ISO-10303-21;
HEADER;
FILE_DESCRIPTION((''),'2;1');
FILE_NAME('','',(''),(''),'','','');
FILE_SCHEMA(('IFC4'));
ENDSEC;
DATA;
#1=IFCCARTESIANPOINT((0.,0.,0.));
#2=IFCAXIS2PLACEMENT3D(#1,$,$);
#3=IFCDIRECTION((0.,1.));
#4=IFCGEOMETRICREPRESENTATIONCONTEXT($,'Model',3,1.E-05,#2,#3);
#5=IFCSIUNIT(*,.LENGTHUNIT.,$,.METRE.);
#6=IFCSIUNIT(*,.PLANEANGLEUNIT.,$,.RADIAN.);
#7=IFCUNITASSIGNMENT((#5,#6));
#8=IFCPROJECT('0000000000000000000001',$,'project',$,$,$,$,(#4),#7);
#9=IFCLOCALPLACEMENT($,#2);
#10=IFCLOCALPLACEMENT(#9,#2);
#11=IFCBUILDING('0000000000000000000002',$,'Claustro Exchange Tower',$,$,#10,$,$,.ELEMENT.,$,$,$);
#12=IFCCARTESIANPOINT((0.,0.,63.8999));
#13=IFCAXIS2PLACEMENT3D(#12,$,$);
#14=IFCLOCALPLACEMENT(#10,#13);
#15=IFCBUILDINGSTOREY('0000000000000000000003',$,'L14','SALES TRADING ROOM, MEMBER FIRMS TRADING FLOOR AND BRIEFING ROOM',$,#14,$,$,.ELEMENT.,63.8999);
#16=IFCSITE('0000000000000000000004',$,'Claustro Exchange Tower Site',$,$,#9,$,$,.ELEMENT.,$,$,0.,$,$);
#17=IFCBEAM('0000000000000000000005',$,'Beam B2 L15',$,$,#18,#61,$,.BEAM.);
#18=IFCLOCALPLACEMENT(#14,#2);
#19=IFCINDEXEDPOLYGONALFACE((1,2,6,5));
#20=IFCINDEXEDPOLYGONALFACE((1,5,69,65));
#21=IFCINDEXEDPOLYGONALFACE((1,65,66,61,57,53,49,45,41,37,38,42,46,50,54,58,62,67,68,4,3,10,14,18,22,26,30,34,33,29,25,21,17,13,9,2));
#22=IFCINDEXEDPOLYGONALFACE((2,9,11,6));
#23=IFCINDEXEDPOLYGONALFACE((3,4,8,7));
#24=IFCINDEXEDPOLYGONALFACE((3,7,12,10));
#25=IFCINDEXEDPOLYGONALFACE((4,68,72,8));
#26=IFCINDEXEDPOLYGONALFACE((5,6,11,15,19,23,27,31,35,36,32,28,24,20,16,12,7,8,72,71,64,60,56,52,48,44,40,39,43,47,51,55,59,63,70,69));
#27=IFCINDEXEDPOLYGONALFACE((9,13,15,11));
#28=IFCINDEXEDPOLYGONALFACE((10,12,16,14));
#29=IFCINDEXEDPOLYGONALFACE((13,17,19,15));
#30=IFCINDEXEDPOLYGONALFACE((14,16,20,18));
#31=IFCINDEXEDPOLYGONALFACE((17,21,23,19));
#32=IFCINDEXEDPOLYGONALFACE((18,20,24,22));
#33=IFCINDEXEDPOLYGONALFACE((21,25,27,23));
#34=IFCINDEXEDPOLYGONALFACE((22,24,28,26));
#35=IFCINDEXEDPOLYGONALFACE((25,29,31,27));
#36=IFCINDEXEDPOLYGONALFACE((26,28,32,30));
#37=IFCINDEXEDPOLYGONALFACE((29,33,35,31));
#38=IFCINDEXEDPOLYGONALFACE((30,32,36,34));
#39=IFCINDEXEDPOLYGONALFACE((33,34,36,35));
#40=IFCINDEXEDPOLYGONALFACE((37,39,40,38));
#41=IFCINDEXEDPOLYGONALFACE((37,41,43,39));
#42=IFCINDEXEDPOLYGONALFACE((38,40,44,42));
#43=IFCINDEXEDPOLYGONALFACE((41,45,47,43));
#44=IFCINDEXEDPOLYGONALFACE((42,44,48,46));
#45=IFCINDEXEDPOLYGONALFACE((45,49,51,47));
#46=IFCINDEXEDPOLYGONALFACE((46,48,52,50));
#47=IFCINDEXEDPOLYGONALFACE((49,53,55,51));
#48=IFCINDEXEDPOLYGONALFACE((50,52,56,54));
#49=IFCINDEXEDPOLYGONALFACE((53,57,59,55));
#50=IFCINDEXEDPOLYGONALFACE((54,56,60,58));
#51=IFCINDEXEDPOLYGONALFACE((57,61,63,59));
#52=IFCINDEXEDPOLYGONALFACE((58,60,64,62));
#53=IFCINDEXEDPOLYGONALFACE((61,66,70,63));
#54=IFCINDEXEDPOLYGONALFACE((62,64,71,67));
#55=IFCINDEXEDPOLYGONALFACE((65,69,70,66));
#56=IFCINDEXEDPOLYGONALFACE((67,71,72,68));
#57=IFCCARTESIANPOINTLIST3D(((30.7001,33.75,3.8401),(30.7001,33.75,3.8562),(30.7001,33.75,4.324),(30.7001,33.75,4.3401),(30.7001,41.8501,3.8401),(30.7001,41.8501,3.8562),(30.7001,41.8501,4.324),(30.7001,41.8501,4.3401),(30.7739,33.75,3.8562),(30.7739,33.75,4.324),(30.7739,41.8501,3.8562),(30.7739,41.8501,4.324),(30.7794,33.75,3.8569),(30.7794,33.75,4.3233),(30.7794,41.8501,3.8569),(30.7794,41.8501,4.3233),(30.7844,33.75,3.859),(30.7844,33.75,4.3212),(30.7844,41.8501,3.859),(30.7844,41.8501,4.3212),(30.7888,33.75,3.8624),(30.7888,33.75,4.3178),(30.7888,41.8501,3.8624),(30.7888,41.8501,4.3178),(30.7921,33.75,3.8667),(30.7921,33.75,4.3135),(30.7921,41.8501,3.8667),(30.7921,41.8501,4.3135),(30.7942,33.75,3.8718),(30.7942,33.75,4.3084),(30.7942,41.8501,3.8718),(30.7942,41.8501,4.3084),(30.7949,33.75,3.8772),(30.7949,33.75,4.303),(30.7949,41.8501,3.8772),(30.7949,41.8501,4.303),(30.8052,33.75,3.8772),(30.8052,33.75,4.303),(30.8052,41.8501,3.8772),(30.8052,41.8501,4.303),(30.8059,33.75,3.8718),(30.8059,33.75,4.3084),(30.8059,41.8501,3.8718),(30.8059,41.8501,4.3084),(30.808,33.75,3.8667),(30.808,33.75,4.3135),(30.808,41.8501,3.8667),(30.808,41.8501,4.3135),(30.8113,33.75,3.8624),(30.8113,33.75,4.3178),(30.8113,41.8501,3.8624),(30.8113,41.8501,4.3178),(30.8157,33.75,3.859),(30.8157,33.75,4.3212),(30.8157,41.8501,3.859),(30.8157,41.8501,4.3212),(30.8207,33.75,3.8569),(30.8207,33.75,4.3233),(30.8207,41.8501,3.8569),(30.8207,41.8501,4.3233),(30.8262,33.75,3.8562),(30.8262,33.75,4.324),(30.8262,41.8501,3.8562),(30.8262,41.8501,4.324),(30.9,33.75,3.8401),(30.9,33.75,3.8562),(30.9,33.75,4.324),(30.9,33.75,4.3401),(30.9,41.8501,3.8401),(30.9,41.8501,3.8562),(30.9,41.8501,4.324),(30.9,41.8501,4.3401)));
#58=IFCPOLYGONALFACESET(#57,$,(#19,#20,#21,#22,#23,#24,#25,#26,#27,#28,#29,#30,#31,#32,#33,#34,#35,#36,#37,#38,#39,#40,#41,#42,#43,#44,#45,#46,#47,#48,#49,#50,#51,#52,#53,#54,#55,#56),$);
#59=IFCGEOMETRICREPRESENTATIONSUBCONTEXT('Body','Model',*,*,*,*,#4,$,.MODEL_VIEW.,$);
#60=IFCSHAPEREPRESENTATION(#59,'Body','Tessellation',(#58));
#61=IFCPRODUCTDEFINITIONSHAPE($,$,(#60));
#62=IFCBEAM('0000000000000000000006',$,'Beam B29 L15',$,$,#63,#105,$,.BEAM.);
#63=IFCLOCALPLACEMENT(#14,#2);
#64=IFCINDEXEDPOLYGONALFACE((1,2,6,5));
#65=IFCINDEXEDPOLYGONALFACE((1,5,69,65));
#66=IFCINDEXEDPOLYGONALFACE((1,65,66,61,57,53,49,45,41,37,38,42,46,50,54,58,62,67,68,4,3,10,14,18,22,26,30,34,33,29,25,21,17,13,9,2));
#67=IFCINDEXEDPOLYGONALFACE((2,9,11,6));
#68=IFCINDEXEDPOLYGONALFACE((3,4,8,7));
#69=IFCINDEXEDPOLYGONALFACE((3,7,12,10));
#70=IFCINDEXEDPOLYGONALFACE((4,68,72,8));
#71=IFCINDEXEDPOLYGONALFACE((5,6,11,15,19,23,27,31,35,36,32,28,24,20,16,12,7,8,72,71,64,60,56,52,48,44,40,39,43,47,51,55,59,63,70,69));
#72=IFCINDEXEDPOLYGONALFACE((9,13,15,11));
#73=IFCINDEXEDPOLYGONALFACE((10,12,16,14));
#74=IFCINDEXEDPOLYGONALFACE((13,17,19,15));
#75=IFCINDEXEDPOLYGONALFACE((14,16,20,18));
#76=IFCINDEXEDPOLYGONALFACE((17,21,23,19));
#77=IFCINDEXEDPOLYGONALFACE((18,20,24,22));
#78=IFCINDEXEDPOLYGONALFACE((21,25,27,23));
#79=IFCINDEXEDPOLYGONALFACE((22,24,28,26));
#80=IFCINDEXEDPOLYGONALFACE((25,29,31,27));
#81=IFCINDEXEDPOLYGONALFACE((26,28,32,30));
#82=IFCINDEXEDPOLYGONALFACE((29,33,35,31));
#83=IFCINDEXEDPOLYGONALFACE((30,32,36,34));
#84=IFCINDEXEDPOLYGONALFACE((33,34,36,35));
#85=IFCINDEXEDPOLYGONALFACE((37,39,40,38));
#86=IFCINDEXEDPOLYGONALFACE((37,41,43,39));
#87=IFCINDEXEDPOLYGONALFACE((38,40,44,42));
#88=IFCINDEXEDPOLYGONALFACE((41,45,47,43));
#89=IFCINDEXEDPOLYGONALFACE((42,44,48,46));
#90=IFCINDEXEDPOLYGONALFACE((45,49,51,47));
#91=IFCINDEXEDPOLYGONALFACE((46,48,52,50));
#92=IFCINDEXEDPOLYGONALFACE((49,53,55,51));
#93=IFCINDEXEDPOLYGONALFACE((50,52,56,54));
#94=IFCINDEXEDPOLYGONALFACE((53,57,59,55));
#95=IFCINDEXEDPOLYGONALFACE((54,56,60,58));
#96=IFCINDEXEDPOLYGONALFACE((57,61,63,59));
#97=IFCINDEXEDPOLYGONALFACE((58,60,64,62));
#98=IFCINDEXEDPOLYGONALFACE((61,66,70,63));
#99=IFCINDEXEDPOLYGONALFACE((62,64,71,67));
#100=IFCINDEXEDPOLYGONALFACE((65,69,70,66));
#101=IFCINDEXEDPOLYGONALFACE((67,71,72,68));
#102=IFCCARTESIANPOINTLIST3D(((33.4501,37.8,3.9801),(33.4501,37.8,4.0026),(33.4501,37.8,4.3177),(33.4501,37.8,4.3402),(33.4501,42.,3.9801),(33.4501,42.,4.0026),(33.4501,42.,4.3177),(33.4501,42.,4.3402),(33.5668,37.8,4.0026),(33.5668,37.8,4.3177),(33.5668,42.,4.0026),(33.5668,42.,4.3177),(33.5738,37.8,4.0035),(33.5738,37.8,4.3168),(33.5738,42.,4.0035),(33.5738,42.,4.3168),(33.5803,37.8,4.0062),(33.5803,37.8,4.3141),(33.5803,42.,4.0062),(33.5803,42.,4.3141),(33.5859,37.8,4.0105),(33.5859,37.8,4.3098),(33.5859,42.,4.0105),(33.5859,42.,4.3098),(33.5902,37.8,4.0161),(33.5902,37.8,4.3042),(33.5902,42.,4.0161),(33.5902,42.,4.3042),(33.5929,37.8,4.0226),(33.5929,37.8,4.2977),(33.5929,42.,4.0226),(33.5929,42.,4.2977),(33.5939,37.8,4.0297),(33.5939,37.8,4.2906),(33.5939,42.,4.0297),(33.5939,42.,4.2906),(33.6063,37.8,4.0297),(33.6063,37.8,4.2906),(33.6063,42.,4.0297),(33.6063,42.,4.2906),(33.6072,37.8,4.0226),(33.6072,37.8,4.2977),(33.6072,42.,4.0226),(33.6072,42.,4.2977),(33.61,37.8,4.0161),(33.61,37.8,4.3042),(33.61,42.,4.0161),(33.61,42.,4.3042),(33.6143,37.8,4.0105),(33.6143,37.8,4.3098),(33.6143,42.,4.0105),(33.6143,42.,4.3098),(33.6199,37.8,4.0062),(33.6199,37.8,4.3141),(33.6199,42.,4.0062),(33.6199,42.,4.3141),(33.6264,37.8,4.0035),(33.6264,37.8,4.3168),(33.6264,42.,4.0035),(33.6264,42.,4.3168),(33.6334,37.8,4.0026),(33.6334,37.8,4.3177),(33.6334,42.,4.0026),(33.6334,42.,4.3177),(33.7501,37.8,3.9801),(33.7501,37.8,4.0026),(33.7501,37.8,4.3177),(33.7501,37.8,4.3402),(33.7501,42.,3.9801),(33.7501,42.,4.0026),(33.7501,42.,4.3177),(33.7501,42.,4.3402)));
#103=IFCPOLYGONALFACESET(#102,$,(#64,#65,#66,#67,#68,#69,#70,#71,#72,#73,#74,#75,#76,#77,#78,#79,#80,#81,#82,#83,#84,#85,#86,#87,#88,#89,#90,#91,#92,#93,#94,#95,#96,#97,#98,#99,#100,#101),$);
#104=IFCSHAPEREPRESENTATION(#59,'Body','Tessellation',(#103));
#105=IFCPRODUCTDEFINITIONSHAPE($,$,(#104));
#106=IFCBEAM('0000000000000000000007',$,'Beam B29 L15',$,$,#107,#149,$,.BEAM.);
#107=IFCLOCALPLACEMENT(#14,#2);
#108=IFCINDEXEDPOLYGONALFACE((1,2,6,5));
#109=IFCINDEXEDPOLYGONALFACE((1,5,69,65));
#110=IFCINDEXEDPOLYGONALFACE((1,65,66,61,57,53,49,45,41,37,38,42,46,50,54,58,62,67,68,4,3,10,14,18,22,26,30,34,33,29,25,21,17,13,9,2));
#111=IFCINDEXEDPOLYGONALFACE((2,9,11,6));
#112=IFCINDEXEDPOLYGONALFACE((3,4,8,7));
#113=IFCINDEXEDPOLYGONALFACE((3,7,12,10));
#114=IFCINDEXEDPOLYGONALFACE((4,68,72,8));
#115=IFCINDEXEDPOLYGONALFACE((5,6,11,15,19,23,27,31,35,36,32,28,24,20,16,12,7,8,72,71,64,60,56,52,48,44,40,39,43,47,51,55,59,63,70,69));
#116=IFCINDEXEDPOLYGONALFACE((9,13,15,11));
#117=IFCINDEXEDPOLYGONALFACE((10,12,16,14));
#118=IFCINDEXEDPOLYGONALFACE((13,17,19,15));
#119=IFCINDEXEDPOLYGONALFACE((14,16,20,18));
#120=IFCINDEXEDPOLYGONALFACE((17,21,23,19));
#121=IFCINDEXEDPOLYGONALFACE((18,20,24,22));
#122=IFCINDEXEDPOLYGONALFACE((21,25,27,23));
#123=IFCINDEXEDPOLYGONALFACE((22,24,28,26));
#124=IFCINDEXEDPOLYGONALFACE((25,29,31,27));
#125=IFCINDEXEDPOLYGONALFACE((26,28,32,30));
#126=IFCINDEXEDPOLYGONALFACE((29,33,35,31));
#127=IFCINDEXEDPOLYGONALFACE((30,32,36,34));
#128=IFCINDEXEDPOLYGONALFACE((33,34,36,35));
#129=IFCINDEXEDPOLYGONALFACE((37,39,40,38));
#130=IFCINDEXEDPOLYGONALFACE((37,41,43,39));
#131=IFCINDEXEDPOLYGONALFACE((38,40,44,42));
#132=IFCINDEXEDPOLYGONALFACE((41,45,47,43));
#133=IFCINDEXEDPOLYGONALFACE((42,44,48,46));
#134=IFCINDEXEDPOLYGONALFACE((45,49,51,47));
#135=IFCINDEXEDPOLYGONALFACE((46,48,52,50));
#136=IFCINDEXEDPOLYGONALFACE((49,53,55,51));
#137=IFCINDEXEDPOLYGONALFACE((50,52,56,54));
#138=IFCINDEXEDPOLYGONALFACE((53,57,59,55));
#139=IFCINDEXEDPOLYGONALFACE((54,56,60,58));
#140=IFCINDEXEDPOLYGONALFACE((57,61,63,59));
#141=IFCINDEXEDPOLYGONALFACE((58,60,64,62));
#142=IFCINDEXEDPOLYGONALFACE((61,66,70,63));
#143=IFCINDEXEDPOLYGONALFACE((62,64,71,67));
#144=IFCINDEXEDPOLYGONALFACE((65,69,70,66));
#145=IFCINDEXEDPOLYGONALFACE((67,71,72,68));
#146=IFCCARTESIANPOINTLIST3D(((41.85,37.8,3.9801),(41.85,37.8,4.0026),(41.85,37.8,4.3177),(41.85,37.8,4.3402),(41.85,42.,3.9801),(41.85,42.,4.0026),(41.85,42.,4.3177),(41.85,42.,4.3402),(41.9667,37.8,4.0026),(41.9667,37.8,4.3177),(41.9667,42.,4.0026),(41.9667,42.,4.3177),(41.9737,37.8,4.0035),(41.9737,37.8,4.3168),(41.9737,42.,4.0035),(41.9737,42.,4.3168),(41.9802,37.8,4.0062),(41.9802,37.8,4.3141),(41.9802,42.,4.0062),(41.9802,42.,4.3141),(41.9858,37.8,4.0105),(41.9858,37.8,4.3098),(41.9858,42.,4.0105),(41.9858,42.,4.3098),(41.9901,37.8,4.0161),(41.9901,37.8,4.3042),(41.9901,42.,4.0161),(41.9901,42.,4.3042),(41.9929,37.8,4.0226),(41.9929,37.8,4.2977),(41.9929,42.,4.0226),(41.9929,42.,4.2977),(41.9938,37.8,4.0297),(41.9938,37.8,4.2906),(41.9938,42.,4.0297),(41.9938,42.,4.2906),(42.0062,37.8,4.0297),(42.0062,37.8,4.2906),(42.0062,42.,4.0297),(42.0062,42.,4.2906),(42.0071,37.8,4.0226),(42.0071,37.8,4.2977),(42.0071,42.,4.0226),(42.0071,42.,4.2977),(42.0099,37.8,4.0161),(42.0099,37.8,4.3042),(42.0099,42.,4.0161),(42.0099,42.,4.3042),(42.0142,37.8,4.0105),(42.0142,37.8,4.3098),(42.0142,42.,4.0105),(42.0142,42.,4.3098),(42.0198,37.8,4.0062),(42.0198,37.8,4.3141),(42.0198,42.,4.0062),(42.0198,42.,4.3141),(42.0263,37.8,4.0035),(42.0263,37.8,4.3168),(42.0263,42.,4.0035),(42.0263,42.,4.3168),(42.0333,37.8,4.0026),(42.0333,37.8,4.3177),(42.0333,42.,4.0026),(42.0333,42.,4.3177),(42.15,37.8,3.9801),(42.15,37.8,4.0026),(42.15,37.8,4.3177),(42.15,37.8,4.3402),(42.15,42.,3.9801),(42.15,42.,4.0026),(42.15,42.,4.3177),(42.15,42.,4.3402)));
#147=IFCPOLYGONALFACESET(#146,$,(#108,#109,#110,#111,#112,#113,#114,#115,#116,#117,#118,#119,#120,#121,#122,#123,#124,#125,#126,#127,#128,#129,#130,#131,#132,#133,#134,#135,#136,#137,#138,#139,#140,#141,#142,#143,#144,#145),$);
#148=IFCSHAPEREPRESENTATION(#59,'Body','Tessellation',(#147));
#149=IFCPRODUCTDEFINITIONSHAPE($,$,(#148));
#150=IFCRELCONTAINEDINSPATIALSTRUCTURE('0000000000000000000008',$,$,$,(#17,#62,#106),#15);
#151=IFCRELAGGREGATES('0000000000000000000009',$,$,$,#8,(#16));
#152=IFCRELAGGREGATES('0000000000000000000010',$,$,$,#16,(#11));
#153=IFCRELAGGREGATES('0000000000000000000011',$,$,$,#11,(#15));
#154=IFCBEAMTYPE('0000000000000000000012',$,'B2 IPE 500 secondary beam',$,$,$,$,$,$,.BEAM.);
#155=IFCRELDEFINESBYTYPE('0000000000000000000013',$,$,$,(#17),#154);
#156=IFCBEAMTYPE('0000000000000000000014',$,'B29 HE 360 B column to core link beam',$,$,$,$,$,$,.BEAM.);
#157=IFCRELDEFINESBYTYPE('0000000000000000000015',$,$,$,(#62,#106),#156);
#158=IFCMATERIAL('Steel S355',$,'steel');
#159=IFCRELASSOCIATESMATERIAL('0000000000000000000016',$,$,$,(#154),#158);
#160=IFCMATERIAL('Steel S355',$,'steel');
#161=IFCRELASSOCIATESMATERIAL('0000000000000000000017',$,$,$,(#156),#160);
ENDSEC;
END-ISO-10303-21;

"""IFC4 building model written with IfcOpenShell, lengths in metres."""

from ifc_helpers import new_model, si_unit, direction, frame, origin, origin_2d, place, context, subcontext, project, spatial, i_section, extrude, material, material_profile, profile_set, type_object, element, save


model = new_model("IFC4")

# Units and contexts
model_context = context("Model", 3, precision=1e-05, world=origin(), true_north=direction((0.0, 1.0)))
body_context = subcontext(model_context, "Body", "Model", "MODEL_VIEW")
ifc_project = project(units=[si_unit("LENGTHUNIT", "METRE"), si_unit("PLANEANGLEUNIT", "RADIAN")], contexts=[model_context])

# Site, building, storey
site_placement = place(None, origin())
site = spatial("IfcSite", under=ifc_project, at=site_placement, Name="Claustro Exchange Tower Site", CompositionType="ELEMENT", RefElevation=0.0)
building_placement = place(site_placement, origin())
building = spatial("IfcBuilding", under=site, at=building_placement, Name="Claustro Exchange Tower", CompositionType="ELEMENT")
storey_placement = place(building_placement, frame((0.0, 0.0, 63.8999)))
storey = spatial("IfcBuildingStorey", under=building, at=storey_placement, Name="L14", Description="SALES TRADING ROOM, MEMBER FIRMS TRADING FLOOR AND BRIEFING ROOM", CompositionType="ELEMENT", Elevation=63.8999)

# Beams
ifc_material_1 = material(Name="Steel S355", Category="steel")
ifc_material_profile_1 = material_profile(ifc_material_1, i_section(OverallWidth=0.2, OverallDepth=0.5, WebThickness=0.0103, FlangeThickness=0.0161, FilletRadius=0.021, at=origin_2d()), Name="IPE 500")
ifc_profile_set_1 = profile_set([ifc_material_profile_1], Name="Steel S355")
beam_type_1 = type_object("IfcBeamType", Name="B2 IPE 500 secondary beam", PredefinedType="BEAM", material=ifc_profile_set_1)
for number, where, z_axis, x_axis, name in (
    (1, (30.8, 33.75, 4.0901), (0.0, 1.0, 0.0), (-1.0, 0.0, 0.0), "Beam B2 L15"),
):
    element("IfcBeam", number, at=place(storey_placement, frame(where, z_axis=z_axis, x_axis=x_axis)), inside=storey, type_object=beam_type_1, Name=name, PredefinedType="BEAM", context=body_context, shape_type="SweptSolid", body=[
        extrude(i_section(OverallWidth=0.2, OverallDepth=0.5, WebThickness=0.0103, FlangeThickness=0.0161, FilletRadius=0.021, at=origin_2d()), origin(), (0.0, 0.0, 1.0), 8.1001),
    ])
ifc_material_2 = material(Name="Steel S355", Category="steel")
ifc_material_profile_2 = material_profile(ifc_material_2, i_section(OverallWidth=0.3, OverallDepth=0.3601, WebThickness=0.0125, FlangeThickness=0.0225, FilletRadius=0.0271, at=origin_2d()), Name="HE 360 B")
ifc_profile_set_2 = profile_set([ifc_material_profile_2], Name="Steel S355")
beam_type_2 = type_object("IfcBeamType", Name="B29 HE 360 B column to core link beam", PredefinedType="BEAM", material=ifc_profile_set_2)
for number, where, z_axis, x_axis, name in (
    (2, (33.6001, 37.8, 4.1602), (0.0, 1.0, 0.0), (-1.0, 0.0, 0.0), "Beam B29 L15"),
    (3, (42.0, 37.8, 4.1602), (0.0, 1.0, 0.0), (-1.0, 0.0, 0.0), "Beam B29 L15"),
):
    element("IfcBeam", number, at=place(storey_placement, frame(where, z_axis=z_axis, x_axis=x_axis)), inside=storey, type_object=beam_type_2, Name=name, PredefinedType="BEAM", context=body_context, shape_type="SweptSolid", body=[
        extrude(i_section(OverallWidth=0.3, OverallDepth=0.3601, WebThickness=0.0125, FlangeThickness=0.0225, FilletRadius=0.0271, at=origin_2d()), origin(), (0.0, 0.0, 1.0), 4.2),
    ])

save(model, "model.ifc")
